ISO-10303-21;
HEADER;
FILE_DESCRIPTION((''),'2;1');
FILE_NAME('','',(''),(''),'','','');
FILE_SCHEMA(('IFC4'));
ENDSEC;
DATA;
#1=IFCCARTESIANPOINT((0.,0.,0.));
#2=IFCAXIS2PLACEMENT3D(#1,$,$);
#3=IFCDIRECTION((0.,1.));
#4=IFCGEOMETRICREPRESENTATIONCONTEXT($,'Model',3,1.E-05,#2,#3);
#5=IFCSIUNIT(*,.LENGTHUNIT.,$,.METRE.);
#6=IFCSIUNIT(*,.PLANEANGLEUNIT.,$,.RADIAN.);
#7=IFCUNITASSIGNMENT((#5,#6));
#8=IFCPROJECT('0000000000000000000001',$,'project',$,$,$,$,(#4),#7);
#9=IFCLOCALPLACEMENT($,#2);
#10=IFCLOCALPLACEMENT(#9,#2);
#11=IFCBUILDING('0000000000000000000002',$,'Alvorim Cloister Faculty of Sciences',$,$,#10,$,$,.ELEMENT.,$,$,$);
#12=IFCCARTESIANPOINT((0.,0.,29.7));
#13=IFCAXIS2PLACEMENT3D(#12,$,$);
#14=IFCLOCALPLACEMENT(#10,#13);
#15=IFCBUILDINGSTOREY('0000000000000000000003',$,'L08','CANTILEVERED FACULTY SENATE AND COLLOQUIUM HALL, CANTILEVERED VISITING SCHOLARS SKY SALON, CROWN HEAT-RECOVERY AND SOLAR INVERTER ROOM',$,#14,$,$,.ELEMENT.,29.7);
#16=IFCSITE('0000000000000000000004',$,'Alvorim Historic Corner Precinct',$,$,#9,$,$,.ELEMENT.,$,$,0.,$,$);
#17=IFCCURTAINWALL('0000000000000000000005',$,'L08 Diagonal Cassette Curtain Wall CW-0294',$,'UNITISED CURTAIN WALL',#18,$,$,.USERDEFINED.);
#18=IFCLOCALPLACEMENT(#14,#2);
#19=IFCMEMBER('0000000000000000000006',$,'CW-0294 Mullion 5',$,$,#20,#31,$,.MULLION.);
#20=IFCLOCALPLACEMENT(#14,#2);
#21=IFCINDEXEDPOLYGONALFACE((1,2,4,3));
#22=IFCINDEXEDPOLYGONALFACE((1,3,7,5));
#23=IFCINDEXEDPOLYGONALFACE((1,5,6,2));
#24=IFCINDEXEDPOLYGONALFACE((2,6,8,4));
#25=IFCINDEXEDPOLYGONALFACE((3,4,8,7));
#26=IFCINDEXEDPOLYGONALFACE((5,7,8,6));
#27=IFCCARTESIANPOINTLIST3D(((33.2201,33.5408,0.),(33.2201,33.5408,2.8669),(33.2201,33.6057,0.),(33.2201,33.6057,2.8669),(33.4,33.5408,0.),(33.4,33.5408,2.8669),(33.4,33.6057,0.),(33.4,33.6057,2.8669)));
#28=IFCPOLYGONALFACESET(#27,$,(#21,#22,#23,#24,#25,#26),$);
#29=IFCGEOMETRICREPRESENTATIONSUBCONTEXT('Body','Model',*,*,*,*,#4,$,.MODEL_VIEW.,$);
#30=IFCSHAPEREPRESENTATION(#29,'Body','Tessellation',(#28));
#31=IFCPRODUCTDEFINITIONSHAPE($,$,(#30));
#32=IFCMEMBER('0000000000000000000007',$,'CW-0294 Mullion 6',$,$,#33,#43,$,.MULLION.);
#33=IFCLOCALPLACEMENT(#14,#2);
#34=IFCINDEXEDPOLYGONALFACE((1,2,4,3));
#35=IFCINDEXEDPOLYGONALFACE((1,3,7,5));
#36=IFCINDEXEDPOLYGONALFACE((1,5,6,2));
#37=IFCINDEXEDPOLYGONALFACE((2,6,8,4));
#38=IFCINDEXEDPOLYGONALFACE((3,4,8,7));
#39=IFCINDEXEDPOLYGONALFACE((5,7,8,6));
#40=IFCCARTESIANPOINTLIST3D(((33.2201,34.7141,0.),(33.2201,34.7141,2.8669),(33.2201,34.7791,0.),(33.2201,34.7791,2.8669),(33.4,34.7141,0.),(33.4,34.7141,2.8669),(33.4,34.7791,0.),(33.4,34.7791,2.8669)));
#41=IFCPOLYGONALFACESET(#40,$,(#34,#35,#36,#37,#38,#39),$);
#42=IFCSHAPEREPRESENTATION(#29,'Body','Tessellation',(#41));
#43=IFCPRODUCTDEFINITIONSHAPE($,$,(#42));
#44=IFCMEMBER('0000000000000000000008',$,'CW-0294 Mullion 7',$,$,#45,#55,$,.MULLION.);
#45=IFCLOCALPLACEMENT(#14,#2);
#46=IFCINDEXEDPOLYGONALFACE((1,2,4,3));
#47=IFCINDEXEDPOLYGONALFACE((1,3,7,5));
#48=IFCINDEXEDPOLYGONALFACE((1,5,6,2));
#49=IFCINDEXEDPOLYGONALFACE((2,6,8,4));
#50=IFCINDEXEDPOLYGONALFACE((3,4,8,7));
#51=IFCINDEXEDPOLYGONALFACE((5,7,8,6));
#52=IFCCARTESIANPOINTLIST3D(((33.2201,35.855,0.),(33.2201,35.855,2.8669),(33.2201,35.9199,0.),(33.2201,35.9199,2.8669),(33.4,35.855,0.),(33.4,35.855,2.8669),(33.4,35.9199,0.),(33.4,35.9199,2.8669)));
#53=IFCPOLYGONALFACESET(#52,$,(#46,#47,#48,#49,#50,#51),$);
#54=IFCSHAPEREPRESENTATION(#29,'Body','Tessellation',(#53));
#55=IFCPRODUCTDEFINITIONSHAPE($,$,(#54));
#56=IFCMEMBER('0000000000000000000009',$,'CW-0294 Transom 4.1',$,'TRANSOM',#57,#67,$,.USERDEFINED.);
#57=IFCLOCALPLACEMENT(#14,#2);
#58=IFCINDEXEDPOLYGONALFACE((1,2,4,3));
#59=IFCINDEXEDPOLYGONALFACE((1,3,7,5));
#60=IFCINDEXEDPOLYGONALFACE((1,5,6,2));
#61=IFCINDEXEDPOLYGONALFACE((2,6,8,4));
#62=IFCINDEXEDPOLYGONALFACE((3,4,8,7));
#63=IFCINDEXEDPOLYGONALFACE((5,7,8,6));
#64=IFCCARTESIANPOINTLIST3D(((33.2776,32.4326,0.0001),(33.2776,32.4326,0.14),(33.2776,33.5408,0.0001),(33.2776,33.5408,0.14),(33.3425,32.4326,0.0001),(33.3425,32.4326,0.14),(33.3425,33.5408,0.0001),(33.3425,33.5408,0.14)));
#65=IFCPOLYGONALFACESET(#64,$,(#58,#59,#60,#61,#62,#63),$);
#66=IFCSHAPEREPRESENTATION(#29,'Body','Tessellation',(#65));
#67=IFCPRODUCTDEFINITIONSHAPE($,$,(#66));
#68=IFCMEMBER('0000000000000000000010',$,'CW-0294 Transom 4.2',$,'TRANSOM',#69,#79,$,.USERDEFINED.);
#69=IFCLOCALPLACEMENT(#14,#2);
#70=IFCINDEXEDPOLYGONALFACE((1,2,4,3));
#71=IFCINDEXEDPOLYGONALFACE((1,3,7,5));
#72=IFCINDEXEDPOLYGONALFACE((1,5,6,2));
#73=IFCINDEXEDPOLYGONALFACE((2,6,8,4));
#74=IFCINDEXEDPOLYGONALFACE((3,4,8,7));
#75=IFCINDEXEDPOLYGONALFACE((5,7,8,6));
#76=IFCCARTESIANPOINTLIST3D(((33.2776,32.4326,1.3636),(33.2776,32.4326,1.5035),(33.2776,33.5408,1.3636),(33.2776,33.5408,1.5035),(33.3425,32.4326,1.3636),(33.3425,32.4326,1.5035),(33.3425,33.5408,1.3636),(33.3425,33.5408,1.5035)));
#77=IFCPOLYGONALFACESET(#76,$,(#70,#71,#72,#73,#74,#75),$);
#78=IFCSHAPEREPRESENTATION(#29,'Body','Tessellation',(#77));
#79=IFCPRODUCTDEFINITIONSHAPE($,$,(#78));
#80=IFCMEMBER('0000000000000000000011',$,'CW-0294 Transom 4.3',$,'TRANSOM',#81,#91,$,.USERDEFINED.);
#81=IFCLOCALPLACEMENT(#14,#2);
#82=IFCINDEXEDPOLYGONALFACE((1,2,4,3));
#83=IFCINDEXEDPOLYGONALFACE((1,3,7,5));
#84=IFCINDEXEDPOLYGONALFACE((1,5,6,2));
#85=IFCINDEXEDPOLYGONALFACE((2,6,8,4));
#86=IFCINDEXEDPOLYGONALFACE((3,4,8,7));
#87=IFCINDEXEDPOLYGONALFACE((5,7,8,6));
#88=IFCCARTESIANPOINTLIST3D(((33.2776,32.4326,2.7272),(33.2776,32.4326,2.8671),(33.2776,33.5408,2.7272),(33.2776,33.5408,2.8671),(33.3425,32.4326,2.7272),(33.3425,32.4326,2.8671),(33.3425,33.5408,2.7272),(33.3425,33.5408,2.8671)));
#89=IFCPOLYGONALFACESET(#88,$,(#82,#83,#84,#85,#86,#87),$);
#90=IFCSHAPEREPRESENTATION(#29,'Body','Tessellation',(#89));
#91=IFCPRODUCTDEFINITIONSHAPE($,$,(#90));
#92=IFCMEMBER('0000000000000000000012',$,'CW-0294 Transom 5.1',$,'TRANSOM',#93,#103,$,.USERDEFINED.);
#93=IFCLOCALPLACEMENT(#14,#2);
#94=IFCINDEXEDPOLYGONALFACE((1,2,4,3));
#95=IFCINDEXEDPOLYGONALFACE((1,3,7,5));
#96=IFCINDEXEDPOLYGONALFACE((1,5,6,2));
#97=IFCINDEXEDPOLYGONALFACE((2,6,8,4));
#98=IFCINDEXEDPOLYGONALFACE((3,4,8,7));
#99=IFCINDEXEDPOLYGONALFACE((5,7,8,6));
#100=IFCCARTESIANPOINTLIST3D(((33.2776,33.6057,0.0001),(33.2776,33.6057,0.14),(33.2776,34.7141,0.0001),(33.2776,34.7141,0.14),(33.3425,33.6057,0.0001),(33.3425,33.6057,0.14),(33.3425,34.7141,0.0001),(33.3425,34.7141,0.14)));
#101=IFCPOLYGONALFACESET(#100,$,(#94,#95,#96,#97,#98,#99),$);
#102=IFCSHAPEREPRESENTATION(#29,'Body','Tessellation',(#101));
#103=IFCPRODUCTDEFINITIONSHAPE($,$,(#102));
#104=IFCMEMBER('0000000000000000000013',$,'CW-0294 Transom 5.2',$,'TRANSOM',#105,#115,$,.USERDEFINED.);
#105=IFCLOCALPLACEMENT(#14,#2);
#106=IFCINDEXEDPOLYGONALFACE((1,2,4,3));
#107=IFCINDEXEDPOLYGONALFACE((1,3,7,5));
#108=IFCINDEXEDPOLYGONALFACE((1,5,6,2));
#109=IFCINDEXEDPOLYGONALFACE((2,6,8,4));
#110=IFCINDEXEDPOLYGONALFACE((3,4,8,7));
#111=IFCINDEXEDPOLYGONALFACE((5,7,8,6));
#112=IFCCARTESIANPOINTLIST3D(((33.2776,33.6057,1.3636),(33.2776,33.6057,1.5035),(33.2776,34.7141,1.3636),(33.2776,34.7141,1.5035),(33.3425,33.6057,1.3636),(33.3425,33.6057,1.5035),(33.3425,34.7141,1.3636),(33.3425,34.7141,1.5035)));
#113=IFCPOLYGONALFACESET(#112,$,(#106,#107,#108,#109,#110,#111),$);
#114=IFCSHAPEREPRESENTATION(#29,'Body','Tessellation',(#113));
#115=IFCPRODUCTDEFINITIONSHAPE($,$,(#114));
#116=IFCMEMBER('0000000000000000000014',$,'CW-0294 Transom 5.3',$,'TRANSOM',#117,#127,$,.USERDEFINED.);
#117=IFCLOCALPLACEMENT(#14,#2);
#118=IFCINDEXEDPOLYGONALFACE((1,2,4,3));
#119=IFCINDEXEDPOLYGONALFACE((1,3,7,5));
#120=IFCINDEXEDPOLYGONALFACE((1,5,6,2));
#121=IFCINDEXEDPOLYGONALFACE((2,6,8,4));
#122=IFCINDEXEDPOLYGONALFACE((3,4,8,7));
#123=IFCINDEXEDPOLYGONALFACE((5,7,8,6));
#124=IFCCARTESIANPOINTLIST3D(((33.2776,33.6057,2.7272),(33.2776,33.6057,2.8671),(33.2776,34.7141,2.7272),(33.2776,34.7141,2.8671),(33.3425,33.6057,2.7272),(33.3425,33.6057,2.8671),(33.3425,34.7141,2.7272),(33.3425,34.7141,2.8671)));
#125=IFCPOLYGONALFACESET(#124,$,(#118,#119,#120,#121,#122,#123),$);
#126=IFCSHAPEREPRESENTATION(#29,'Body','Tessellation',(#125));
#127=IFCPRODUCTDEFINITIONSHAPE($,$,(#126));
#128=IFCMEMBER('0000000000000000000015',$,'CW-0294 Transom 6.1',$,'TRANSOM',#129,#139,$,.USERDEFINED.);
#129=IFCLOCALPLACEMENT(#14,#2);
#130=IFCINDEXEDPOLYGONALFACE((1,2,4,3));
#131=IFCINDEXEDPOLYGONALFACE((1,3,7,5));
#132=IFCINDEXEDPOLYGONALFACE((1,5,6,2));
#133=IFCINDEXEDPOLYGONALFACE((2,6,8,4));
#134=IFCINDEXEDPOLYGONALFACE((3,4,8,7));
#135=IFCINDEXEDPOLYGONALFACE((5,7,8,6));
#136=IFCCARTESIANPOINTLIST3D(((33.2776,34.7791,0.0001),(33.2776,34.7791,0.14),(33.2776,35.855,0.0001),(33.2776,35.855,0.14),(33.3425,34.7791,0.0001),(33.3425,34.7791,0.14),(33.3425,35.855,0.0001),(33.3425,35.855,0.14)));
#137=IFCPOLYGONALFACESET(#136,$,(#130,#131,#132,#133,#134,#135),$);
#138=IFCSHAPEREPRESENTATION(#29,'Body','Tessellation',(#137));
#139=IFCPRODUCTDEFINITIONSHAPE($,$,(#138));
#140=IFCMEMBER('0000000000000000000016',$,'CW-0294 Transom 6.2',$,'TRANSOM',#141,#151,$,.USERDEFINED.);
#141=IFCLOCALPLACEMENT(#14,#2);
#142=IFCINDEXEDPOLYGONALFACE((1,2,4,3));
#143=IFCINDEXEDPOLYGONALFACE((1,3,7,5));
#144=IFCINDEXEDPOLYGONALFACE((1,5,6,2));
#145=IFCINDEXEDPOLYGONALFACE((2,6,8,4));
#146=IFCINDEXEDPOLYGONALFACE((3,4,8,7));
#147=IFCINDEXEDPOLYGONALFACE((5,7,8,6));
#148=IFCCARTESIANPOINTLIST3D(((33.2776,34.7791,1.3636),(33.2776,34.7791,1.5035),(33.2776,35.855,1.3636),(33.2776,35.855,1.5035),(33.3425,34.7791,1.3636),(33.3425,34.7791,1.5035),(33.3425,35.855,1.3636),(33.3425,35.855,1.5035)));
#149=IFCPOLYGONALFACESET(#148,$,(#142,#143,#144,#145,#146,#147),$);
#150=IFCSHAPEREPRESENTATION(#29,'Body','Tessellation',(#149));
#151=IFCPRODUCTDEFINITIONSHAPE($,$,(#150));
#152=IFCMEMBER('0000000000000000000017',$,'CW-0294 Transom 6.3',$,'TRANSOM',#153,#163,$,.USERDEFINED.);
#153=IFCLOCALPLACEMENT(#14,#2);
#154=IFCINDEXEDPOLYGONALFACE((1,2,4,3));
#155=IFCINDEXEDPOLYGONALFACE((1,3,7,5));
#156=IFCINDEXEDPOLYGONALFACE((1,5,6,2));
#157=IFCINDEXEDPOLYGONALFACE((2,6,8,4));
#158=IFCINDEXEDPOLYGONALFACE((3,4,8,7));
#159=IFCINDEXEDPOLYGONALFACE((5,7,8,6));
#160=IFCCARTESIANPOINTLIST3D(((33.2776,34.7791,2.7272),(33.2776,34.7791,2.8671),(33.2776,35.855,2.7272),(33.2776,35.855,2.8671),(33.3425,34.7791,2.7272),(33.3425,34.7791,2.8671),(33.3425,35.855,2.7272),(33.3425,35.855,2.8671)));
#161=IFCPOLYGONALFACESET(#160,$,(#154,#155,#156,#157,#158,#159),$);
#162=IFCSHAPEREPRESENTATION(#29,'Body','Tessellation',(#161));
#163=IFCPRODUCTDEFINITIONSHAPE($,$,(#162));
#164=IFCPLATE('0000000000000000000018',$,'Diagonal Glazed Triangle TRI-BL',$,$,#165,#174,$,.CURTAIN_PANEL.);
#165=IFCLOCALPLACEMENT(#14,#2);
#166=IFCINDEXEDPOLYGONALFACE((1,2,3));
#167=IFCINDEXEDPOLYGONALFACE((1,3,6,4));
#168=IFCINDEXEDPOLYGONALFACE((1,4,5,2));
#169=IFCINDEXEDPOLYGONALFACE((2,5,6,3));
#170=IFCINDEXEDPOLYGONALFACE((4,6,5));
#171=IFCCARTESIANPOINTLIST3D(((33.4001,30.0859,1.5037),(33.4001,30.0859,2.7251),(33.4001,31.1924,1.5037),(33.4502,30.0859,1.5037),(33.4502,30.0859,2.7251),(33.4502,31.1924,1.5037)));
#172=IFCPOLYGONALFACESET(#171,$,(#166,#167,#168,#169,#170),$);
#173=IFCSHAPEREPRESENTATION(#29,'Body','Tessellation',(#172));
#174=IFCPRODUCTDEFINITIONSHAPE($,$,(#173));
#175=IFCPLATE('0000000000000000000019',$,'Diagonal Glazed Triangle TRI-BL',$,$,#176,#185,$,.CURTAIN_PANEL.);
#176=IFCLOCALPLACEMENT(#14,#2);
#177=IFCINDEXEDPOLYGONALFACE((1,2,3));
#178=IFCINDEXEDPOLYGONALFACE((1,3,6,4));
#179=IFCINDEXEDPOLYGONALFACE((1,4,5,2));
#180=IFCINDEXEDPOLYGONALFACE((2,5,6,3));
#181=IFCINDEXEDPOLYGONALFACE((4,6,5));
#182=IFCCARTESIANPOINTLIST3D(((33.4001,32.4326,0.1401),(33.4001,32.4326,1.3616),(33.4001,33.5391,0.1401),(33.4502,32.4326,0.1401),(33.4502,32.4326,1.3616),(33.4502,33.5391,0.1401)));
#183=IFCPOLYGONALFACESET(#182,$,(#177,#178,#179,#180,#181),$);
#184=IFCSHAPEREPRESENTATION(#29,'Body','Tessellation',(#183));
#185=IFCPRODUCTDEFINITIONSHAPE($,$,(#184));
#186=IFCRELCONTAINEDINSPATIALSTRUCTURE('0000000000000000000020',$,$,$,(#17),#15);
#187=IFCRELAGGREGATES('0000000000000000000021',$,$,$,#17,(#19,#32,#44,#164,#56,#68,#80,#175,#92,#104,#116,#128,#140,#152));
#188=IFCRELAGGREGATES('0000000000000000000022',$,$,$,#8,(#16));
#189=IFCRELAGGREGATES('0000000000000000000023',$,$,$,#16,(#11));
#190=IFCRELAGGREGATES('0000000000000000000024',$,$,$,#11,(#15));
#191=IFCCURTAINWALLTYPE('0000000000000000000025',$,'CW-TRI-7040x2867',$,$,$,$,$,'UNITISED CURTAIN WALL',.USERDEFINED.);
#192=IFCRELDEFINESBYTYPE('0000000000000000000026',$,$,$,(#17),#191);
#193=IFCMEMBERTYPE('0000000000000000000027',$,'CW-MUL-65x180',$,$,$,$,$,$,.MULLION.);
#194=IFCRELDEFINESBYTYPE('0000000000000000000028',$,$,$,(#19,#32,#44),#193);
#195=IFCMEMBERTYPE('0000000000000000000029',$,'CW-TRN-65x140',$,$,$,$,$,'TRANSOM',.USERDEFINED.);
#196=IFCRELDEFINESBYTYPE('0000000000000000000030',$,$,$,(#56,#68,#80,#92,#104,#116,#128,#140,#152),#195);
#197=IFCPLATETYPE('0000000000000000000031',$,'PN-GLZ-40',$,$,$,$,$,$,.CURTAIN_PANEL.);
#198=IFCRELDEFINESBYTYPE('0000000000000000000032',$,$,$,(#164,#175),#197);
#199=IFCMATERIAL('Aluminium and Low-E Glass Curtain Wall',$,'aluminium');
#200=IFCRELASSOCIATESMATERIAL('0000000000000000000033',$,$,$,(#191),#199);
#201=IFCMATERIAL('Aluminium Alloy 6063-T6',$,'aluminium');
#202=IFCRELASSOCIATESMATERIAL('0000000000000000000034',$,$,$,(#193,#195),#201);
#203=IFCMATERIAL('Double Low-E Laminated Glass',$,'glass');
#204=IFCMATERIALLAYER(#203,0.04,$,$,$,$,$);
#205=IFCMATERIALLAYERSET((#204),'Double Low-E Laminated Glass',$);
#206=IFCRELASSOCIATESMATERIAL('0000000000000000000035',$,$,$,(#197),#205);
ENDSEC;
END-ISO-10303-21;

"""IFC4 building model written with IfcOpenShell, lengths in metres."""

from ifc_helpers import new_model, si_unit, direction, frame, origin, origin_2d, place, context, subcontext, project, spatial, polyline, rectangle, outline, extrude, material, layer, layer_set, material_profile, profile_set, type_object, element, aggregate, save


model = new_model("IFC4")

# Units and contexts
model_context = context("Model", 3, precision=1e-05, world=origin(), true_north=direction((0.0, 1.0)))
body_context = subcontext(model_context, "Body", "Model", "MODEL_VIEW")
ifc_project = project(units=[si_unit("LENGTHUNIT", "METRE"), si_unit("PLANEANGLEUNIT", "RADIAN")], contexts=[model_context])

# Site, building, storey
site_placement = place(None, origin())
site = spatial("IfcSite", under=ifc_project, at=site_placement, Name="Alvorim Historic Corner Precinct", CompositionType="ELEMENT", RefElevation=0.0)
building_placement = place(site_placement, origin())
building = spatial("IfcBuilding", under=site, at=building_placement, Name="Alvorim Cloister Faculty of Sciences", CompositionType="ELEMENT")
storey_placement = place(building_placement, frame((0.0, 0.0, 29.7)))
storey = spatial("IfcBuildingStorey", under=building, at=storey_placement, Name="L08", Description="CANTILEVERED FACULTY SENATE AND COLLOQUIUM HALL, CANTILEVERED VISITING SCHOLARS SKY SALON, CROWN HEAT-RECOVERY AND SOLAR INVERTER ROOM", CompositionType="ELEMENT", Elevation=29.7)

# Curtain wall, members, plates
ifc_material_1 = material(Name="Aluminium and Low-E Glass Curtain Wall", Category="aluminium")
curtain_wall_type = type_object("IfcCurtainWallType", Name="CW-TRI-7040x2867", ElementType="UNITISED CURTAIN WALL", PredefinedType="USERDEFINED", material=ifc_material_1)
curtain_wall_placement = place(storey_placement, origin())
curtain_wall = element("IfcCurtainWall", 1, at=curtain_wall_placement, inside=storey, type_object=curtain_wall_type, Name="L08 Diagonal Cassette Curtain Wall CW-0294", ObjectType="UNITISED CURTAIN WALL", PredefinedType="USERDEFINED")
ifc_material_2 = material(Name="Aluminium Alloy 6063-T6", Category="aluminium")
ifc_material_profile_1 = material_profile(ifc_material_2, rectangle(XDim=0.0649, YDim=0.1799, at=origin_2d()), Name="ALU-MUL-65x180")
ifc_profile_set_1 = profile_set([ifc_material_profile_1], Name="Aluminium Alloy 6063-T6")
member_type_1 = type_object("IfcMemberType", Name="CW-MUL-65x180", PredefinedType="MULLION", material=ifc_profile_set_1)
member_1_placement = place(storey_placement, frame((33.3101, 33.5732, 0.0), z_axis=(0.0, 0.0, 1.0), x_axis=(0.0, 1.0, 0.0)))
member_1 = element("IfcMember", 2, at=member_1_placement, type_object=member_type_1, Name="CW-0294 Mullion 5", PredefinedType="MULLION", context=body_context, shape_type="SweptSolid", body=[
    extrude(rectangle(XDim=0.0649, YDim=0.1799, at=origin_2d()), origin(), (0.0, 0.0, 1.0), 2.8669),
])
member_2_placement = place(storey_placement, frame((33.3101, 34.7466, 0.0), z_axis=(0.0, 0.0, 1.0), x_axis=(0.0, 1.0, 0.0)))
member_2 = element("IfcMember", 3, at=member_2_placement, type_object=member_type_1, Name="CW-0294 Mullion 6", PredefinedType="MULLION", context=body_context, shape_type="SweptSolid", body=[
    extrude(rectangle(XDim=0.0649, YDim=0.1799, at=origin_2d()), origin(), (0.0, 0.0, 1.0), 2.8669),
])
member_3_placement = place(storey_placement, frame((33.3101, 35.8875, 0.0), z_axis=(0.0, 0.0, 1.0), x_axis=(0.0, 1.0, 0.0)))
member_3 = element("IfcMember", 4, at=member_3_placement, type_object=member_type_1, Name="CW-0294 Mullion 7", PredefinedType="MULLION", context=body_context, shape_type="SweptSolid", body=[
    extrude(rectangle(XDim=0.0649, YDim=0.1799, at=origin_2d()), origin(), (0.0, 0.0, 1.0), 2.8669),
])
ifc_material_profile_2 = material_profile(ifc_material_2, rectangle(XDim=0.0649, YDim=0.1399, at=origin_2d()), Name="ALU-TRN-65x140")
ifc_profile_set_2 = profile_set([ifc_material_profile_2], Name="Aluminium Alloy 6063-T6")
member_type_2 = type_object("IfcMemberType", Name="CW-TRN-65x140", ElementType="TRANSOM", PredefinedType="USERDEFINED", material=ifc_profile_set_2)
member_4_placement = place(storey_placement, frame((33.3101, 32.4326, 0.0701), z_axis=(0.0, 1.0, 0.0), x_axis=(-1.0, 0.0, 0.0)))
member_4 = element("IfcMember", 5, at=member_4_placement, type_object=member_type_2, Name="CW-0294 Transom 4.1", ObjectType="TRANSOM", PredefinedType="USERDEFINED", context=body_context, shape_type="SweptSolid", body=[
    extrude(rectangle(XDim=0.0649, YDim=0.1399, at=origin_2d()), origin(), (0.0, 0.0, 1.0), 1.1082),
])
member_5_placement = place(storey_placement, frame((33.3101, 32.4326, 1.4336), z_axis=(0.0, 1.0, 0.0), x_axis=(-1.0, 0.0, 0.0)))
member_5 = element("IfcMember", 6, at=member_5_placement, type_object=member_type_2, Name="CW-0294 Transom 4.2", ObjectType="TRANSOM", PredefinedType="USERDEFINED", context=body_context, shape_type="SweptSolid", body=[
    extrude(rectangle(XDim=0.0649, YDim=0.1399, at=origin_2d()), origin(), (0.0, 0.0, 1.0), 1.1082),
])
member_6_placement = place(storey_placement, frame((33.3101, 32.4326, 2.7971), z_axis=(0.0, 1.0, 0.0), x_axis=(-1.0, 0.0, 0.0)))
member_6 = element("IfcMember", 7, at=member_6_placement, type_object=member_type_2, Name="CW-0294 Transom 4.3", ObjectType="TRANSOM", PredefinedType="USERDEFINED", context=body_context, shape_type="SweptSolid", body=[
    extrude(rectangle(XDim=0.0649, YDim=0.1399, at=origin_2d()), origin(), (0.0, 0.0, 1.0), 1.1082),
])
member_7_placement = place(storey_placement, frame((33.3101, 33.6057, 0.0701), z_axis=(0.0, 1.0, 0.0), x_axis=(-1.0, 0.0, 0.0)))
member_7 = element("IfcMember", 8, at=member_7_placement, type_object=member_type_2, Name="CW-0294 Transom 5.1", ObjectType="TRANSOM", PredefinedType="USERDEFINED", context=body_context, shape_type="SweptSolid", body=[
    extrude(rectangle(XDim=0.0649, YDim=0.1399, at=origin_2d()), origin(), (0.0, 0.0, 1.0), 1.1084),
])
member_8_placement = place(storey_placement, frame((33.3101, 33.6057, 1.4336), z_axis=(0.0, 1.0, 0.0), x_axis=(-1.0, 0.0, 0.0)))
member_8 = element("IfcMember", 9, at=member_8_placement, type_object=member_type_2, Name="CW-0294 Transom 5.2", ObjectType="TRANSOM", PredefinedType="USERDEFINED", context=body_context, shape_type="SweptSolid", body=[
    extrude(rectangle(XDim=0.0649, YDim=0.1399, at=origin_2d()), origin(), (0.0, 0.0, 1.0), 1.1084),
])
member_9_placement = place(storey_placement, frame((33.3101, 33.6057, 2.7971), z_axis=(0.0, 1.0, 0.0), x_axis=(-1.0, 0.0, 0.0)))
member_9 = element("IfcMember", 10, at=member_9_placement, type_object=member_type_2, Name="CW-0294 Transom 5.3", ObjectType="TRANSOM", PredefinedType="USERDEFINED", context=body_context, shape_type="SweptSolid", body=[
    extrude(rectangle(XDim=0.0649, YDim=0.1399, at=origin_2d()), origin(), (0.0, 0.0, 1.0), 1.1084),
])
member_10_placement = place(storey_placement, frame((33.3101, 34.7791, 0.0701), z_axis=(0.0, 1.0, 0.0), x_axis=(-1.0, 0.0, 0.0)))
member_10 = element("IfcMember", 11, at=member_10_placement, type_object=member_type_2, Name="CW-0294 Transom 6.1", ObjectType="TRANSOM", PredefinedType="USERDEFINED", context=body_context, shape_type="SweptSolid", body=[
    extrude(rectangle(XDim=0.0649, YDim=0.1399, at=origin_2d()), origin(), (0.0, 0.0, 1.0), 1.0759),
])
member_11_placement = place(storey_placement, frame((33.3101, 34.7791, 1.4336), z_axis=(0.0, 1.0, 0.0), x_axis=(-1.0, 0.0, 0.0)))
member_11 = element("IfcMember", 12, at=member_11_placement, type_object=member_type_2, Name="CW-0294 Transom 6.2", ObjectType="TRANSOM", PredefinedType="USERDEFINED", context=body_context, shape_type="SweptSolid", body=[
    extrude(rectangle(XDim=0.0649, YDim=0.1399, at=origin_2d()), origin(), (0.0, 0.0, 1.0), 1.0759),
])
member_12_placement = place(storey_placement, frame((33.3101, 34.7791, 2.7971), z_axis=(0.0, 1.0, 0.0), x_axis=(-1.0, 0.0, 0.0)))
member_12 = element("IfcMember", 13, at=member_12_placement, type_object=member_type_2, Name="CW-0294 Transom 6.3", ObjectType="TRANSOM", PredefinedType="USERDEFINED", context=body_context, shape_type="SweptSolid", body=[
    extrude(rectangle(XDim=0.0649, YDim=0.1399, at=origin_2d()), origin(), (0.0, 0.0, 1.0), 1.0759),
])
ifc_material_3 = material(Name="Double Low-E Laminated Glass", Category="glass")
ifc_layer_1 = layer(ifc_material_3, 0.04)
ifc_layer_set_1 = layer_set([ifc_layer_1], Name="Double Low-E Laminated Glass")
plate_type = type_object("IfcPlateType", Name="PN-GLZ-40", PredefinedType="CURTAIN_PANEL", material=ifc_layer_set_1)
plate_1_placement = place(storey_placement, frame((33.425, 30.0859, 1.5037), z_axis=(0.0, 0.0, 1.0), x_axis=(0.0, 1.0, 0.0)))
plate_1 = element("IfcPlate", 14, at=plate_1_placement, type_object=plate_type, Name="Diagonal Glazed Triangle TRI-BL", PredefinedType="CURTAIN_PANEL", context=body_context, shape_type="SweptSolid", body=[
    extrude(outline(polyline([(0.0, 0.0), (1.1064, 0.0), (0.0, 1.2214), (0.0, 0.0)])), frame((0.0, 0.0249, 0.0), z_axis=(0.0, -1.0, 0.0), x_axis=(1.0, 0.0, 0.0)), (0.0, 0.0, 1.0), 0.05),
])
plate_2_placement = place(storey_placement, frame((33.425, 32.4326, 0.1401), z_axis=(0.0, 0.0, 1.0), x_axis=(0.0, 1.0, 0.0)))
plate_2 = element("IfcPlate", 15, at=plate_2_placement, type_object=plate_type, Name="Diagonal Glazed Triangle TRI-BL", PredefinedType="CURTAIN_PANEL", context=body_context, shape_type="SweptSolid", body=[
    extrude(outline(polyline([(0.0, 0.0), (1.1064, 0.0), (0.0, 1.2214), (0.0, 0.0)])), frame((0.0, 0.0249, 0.0), z_axis=(0.0, -1.0, 0.0), x_axis=(1.0, 0.0, 0.0)), (0.0, 0.0, 1.0), 0.05),
])
aggregate(curtain_wall, [member_1, member_2, member_3, plate_1, member_4, member_5, member_6, plate_2, member_7, member_8, member_9, member_10, member_11, member_12])

save(model, "model.ifc")
